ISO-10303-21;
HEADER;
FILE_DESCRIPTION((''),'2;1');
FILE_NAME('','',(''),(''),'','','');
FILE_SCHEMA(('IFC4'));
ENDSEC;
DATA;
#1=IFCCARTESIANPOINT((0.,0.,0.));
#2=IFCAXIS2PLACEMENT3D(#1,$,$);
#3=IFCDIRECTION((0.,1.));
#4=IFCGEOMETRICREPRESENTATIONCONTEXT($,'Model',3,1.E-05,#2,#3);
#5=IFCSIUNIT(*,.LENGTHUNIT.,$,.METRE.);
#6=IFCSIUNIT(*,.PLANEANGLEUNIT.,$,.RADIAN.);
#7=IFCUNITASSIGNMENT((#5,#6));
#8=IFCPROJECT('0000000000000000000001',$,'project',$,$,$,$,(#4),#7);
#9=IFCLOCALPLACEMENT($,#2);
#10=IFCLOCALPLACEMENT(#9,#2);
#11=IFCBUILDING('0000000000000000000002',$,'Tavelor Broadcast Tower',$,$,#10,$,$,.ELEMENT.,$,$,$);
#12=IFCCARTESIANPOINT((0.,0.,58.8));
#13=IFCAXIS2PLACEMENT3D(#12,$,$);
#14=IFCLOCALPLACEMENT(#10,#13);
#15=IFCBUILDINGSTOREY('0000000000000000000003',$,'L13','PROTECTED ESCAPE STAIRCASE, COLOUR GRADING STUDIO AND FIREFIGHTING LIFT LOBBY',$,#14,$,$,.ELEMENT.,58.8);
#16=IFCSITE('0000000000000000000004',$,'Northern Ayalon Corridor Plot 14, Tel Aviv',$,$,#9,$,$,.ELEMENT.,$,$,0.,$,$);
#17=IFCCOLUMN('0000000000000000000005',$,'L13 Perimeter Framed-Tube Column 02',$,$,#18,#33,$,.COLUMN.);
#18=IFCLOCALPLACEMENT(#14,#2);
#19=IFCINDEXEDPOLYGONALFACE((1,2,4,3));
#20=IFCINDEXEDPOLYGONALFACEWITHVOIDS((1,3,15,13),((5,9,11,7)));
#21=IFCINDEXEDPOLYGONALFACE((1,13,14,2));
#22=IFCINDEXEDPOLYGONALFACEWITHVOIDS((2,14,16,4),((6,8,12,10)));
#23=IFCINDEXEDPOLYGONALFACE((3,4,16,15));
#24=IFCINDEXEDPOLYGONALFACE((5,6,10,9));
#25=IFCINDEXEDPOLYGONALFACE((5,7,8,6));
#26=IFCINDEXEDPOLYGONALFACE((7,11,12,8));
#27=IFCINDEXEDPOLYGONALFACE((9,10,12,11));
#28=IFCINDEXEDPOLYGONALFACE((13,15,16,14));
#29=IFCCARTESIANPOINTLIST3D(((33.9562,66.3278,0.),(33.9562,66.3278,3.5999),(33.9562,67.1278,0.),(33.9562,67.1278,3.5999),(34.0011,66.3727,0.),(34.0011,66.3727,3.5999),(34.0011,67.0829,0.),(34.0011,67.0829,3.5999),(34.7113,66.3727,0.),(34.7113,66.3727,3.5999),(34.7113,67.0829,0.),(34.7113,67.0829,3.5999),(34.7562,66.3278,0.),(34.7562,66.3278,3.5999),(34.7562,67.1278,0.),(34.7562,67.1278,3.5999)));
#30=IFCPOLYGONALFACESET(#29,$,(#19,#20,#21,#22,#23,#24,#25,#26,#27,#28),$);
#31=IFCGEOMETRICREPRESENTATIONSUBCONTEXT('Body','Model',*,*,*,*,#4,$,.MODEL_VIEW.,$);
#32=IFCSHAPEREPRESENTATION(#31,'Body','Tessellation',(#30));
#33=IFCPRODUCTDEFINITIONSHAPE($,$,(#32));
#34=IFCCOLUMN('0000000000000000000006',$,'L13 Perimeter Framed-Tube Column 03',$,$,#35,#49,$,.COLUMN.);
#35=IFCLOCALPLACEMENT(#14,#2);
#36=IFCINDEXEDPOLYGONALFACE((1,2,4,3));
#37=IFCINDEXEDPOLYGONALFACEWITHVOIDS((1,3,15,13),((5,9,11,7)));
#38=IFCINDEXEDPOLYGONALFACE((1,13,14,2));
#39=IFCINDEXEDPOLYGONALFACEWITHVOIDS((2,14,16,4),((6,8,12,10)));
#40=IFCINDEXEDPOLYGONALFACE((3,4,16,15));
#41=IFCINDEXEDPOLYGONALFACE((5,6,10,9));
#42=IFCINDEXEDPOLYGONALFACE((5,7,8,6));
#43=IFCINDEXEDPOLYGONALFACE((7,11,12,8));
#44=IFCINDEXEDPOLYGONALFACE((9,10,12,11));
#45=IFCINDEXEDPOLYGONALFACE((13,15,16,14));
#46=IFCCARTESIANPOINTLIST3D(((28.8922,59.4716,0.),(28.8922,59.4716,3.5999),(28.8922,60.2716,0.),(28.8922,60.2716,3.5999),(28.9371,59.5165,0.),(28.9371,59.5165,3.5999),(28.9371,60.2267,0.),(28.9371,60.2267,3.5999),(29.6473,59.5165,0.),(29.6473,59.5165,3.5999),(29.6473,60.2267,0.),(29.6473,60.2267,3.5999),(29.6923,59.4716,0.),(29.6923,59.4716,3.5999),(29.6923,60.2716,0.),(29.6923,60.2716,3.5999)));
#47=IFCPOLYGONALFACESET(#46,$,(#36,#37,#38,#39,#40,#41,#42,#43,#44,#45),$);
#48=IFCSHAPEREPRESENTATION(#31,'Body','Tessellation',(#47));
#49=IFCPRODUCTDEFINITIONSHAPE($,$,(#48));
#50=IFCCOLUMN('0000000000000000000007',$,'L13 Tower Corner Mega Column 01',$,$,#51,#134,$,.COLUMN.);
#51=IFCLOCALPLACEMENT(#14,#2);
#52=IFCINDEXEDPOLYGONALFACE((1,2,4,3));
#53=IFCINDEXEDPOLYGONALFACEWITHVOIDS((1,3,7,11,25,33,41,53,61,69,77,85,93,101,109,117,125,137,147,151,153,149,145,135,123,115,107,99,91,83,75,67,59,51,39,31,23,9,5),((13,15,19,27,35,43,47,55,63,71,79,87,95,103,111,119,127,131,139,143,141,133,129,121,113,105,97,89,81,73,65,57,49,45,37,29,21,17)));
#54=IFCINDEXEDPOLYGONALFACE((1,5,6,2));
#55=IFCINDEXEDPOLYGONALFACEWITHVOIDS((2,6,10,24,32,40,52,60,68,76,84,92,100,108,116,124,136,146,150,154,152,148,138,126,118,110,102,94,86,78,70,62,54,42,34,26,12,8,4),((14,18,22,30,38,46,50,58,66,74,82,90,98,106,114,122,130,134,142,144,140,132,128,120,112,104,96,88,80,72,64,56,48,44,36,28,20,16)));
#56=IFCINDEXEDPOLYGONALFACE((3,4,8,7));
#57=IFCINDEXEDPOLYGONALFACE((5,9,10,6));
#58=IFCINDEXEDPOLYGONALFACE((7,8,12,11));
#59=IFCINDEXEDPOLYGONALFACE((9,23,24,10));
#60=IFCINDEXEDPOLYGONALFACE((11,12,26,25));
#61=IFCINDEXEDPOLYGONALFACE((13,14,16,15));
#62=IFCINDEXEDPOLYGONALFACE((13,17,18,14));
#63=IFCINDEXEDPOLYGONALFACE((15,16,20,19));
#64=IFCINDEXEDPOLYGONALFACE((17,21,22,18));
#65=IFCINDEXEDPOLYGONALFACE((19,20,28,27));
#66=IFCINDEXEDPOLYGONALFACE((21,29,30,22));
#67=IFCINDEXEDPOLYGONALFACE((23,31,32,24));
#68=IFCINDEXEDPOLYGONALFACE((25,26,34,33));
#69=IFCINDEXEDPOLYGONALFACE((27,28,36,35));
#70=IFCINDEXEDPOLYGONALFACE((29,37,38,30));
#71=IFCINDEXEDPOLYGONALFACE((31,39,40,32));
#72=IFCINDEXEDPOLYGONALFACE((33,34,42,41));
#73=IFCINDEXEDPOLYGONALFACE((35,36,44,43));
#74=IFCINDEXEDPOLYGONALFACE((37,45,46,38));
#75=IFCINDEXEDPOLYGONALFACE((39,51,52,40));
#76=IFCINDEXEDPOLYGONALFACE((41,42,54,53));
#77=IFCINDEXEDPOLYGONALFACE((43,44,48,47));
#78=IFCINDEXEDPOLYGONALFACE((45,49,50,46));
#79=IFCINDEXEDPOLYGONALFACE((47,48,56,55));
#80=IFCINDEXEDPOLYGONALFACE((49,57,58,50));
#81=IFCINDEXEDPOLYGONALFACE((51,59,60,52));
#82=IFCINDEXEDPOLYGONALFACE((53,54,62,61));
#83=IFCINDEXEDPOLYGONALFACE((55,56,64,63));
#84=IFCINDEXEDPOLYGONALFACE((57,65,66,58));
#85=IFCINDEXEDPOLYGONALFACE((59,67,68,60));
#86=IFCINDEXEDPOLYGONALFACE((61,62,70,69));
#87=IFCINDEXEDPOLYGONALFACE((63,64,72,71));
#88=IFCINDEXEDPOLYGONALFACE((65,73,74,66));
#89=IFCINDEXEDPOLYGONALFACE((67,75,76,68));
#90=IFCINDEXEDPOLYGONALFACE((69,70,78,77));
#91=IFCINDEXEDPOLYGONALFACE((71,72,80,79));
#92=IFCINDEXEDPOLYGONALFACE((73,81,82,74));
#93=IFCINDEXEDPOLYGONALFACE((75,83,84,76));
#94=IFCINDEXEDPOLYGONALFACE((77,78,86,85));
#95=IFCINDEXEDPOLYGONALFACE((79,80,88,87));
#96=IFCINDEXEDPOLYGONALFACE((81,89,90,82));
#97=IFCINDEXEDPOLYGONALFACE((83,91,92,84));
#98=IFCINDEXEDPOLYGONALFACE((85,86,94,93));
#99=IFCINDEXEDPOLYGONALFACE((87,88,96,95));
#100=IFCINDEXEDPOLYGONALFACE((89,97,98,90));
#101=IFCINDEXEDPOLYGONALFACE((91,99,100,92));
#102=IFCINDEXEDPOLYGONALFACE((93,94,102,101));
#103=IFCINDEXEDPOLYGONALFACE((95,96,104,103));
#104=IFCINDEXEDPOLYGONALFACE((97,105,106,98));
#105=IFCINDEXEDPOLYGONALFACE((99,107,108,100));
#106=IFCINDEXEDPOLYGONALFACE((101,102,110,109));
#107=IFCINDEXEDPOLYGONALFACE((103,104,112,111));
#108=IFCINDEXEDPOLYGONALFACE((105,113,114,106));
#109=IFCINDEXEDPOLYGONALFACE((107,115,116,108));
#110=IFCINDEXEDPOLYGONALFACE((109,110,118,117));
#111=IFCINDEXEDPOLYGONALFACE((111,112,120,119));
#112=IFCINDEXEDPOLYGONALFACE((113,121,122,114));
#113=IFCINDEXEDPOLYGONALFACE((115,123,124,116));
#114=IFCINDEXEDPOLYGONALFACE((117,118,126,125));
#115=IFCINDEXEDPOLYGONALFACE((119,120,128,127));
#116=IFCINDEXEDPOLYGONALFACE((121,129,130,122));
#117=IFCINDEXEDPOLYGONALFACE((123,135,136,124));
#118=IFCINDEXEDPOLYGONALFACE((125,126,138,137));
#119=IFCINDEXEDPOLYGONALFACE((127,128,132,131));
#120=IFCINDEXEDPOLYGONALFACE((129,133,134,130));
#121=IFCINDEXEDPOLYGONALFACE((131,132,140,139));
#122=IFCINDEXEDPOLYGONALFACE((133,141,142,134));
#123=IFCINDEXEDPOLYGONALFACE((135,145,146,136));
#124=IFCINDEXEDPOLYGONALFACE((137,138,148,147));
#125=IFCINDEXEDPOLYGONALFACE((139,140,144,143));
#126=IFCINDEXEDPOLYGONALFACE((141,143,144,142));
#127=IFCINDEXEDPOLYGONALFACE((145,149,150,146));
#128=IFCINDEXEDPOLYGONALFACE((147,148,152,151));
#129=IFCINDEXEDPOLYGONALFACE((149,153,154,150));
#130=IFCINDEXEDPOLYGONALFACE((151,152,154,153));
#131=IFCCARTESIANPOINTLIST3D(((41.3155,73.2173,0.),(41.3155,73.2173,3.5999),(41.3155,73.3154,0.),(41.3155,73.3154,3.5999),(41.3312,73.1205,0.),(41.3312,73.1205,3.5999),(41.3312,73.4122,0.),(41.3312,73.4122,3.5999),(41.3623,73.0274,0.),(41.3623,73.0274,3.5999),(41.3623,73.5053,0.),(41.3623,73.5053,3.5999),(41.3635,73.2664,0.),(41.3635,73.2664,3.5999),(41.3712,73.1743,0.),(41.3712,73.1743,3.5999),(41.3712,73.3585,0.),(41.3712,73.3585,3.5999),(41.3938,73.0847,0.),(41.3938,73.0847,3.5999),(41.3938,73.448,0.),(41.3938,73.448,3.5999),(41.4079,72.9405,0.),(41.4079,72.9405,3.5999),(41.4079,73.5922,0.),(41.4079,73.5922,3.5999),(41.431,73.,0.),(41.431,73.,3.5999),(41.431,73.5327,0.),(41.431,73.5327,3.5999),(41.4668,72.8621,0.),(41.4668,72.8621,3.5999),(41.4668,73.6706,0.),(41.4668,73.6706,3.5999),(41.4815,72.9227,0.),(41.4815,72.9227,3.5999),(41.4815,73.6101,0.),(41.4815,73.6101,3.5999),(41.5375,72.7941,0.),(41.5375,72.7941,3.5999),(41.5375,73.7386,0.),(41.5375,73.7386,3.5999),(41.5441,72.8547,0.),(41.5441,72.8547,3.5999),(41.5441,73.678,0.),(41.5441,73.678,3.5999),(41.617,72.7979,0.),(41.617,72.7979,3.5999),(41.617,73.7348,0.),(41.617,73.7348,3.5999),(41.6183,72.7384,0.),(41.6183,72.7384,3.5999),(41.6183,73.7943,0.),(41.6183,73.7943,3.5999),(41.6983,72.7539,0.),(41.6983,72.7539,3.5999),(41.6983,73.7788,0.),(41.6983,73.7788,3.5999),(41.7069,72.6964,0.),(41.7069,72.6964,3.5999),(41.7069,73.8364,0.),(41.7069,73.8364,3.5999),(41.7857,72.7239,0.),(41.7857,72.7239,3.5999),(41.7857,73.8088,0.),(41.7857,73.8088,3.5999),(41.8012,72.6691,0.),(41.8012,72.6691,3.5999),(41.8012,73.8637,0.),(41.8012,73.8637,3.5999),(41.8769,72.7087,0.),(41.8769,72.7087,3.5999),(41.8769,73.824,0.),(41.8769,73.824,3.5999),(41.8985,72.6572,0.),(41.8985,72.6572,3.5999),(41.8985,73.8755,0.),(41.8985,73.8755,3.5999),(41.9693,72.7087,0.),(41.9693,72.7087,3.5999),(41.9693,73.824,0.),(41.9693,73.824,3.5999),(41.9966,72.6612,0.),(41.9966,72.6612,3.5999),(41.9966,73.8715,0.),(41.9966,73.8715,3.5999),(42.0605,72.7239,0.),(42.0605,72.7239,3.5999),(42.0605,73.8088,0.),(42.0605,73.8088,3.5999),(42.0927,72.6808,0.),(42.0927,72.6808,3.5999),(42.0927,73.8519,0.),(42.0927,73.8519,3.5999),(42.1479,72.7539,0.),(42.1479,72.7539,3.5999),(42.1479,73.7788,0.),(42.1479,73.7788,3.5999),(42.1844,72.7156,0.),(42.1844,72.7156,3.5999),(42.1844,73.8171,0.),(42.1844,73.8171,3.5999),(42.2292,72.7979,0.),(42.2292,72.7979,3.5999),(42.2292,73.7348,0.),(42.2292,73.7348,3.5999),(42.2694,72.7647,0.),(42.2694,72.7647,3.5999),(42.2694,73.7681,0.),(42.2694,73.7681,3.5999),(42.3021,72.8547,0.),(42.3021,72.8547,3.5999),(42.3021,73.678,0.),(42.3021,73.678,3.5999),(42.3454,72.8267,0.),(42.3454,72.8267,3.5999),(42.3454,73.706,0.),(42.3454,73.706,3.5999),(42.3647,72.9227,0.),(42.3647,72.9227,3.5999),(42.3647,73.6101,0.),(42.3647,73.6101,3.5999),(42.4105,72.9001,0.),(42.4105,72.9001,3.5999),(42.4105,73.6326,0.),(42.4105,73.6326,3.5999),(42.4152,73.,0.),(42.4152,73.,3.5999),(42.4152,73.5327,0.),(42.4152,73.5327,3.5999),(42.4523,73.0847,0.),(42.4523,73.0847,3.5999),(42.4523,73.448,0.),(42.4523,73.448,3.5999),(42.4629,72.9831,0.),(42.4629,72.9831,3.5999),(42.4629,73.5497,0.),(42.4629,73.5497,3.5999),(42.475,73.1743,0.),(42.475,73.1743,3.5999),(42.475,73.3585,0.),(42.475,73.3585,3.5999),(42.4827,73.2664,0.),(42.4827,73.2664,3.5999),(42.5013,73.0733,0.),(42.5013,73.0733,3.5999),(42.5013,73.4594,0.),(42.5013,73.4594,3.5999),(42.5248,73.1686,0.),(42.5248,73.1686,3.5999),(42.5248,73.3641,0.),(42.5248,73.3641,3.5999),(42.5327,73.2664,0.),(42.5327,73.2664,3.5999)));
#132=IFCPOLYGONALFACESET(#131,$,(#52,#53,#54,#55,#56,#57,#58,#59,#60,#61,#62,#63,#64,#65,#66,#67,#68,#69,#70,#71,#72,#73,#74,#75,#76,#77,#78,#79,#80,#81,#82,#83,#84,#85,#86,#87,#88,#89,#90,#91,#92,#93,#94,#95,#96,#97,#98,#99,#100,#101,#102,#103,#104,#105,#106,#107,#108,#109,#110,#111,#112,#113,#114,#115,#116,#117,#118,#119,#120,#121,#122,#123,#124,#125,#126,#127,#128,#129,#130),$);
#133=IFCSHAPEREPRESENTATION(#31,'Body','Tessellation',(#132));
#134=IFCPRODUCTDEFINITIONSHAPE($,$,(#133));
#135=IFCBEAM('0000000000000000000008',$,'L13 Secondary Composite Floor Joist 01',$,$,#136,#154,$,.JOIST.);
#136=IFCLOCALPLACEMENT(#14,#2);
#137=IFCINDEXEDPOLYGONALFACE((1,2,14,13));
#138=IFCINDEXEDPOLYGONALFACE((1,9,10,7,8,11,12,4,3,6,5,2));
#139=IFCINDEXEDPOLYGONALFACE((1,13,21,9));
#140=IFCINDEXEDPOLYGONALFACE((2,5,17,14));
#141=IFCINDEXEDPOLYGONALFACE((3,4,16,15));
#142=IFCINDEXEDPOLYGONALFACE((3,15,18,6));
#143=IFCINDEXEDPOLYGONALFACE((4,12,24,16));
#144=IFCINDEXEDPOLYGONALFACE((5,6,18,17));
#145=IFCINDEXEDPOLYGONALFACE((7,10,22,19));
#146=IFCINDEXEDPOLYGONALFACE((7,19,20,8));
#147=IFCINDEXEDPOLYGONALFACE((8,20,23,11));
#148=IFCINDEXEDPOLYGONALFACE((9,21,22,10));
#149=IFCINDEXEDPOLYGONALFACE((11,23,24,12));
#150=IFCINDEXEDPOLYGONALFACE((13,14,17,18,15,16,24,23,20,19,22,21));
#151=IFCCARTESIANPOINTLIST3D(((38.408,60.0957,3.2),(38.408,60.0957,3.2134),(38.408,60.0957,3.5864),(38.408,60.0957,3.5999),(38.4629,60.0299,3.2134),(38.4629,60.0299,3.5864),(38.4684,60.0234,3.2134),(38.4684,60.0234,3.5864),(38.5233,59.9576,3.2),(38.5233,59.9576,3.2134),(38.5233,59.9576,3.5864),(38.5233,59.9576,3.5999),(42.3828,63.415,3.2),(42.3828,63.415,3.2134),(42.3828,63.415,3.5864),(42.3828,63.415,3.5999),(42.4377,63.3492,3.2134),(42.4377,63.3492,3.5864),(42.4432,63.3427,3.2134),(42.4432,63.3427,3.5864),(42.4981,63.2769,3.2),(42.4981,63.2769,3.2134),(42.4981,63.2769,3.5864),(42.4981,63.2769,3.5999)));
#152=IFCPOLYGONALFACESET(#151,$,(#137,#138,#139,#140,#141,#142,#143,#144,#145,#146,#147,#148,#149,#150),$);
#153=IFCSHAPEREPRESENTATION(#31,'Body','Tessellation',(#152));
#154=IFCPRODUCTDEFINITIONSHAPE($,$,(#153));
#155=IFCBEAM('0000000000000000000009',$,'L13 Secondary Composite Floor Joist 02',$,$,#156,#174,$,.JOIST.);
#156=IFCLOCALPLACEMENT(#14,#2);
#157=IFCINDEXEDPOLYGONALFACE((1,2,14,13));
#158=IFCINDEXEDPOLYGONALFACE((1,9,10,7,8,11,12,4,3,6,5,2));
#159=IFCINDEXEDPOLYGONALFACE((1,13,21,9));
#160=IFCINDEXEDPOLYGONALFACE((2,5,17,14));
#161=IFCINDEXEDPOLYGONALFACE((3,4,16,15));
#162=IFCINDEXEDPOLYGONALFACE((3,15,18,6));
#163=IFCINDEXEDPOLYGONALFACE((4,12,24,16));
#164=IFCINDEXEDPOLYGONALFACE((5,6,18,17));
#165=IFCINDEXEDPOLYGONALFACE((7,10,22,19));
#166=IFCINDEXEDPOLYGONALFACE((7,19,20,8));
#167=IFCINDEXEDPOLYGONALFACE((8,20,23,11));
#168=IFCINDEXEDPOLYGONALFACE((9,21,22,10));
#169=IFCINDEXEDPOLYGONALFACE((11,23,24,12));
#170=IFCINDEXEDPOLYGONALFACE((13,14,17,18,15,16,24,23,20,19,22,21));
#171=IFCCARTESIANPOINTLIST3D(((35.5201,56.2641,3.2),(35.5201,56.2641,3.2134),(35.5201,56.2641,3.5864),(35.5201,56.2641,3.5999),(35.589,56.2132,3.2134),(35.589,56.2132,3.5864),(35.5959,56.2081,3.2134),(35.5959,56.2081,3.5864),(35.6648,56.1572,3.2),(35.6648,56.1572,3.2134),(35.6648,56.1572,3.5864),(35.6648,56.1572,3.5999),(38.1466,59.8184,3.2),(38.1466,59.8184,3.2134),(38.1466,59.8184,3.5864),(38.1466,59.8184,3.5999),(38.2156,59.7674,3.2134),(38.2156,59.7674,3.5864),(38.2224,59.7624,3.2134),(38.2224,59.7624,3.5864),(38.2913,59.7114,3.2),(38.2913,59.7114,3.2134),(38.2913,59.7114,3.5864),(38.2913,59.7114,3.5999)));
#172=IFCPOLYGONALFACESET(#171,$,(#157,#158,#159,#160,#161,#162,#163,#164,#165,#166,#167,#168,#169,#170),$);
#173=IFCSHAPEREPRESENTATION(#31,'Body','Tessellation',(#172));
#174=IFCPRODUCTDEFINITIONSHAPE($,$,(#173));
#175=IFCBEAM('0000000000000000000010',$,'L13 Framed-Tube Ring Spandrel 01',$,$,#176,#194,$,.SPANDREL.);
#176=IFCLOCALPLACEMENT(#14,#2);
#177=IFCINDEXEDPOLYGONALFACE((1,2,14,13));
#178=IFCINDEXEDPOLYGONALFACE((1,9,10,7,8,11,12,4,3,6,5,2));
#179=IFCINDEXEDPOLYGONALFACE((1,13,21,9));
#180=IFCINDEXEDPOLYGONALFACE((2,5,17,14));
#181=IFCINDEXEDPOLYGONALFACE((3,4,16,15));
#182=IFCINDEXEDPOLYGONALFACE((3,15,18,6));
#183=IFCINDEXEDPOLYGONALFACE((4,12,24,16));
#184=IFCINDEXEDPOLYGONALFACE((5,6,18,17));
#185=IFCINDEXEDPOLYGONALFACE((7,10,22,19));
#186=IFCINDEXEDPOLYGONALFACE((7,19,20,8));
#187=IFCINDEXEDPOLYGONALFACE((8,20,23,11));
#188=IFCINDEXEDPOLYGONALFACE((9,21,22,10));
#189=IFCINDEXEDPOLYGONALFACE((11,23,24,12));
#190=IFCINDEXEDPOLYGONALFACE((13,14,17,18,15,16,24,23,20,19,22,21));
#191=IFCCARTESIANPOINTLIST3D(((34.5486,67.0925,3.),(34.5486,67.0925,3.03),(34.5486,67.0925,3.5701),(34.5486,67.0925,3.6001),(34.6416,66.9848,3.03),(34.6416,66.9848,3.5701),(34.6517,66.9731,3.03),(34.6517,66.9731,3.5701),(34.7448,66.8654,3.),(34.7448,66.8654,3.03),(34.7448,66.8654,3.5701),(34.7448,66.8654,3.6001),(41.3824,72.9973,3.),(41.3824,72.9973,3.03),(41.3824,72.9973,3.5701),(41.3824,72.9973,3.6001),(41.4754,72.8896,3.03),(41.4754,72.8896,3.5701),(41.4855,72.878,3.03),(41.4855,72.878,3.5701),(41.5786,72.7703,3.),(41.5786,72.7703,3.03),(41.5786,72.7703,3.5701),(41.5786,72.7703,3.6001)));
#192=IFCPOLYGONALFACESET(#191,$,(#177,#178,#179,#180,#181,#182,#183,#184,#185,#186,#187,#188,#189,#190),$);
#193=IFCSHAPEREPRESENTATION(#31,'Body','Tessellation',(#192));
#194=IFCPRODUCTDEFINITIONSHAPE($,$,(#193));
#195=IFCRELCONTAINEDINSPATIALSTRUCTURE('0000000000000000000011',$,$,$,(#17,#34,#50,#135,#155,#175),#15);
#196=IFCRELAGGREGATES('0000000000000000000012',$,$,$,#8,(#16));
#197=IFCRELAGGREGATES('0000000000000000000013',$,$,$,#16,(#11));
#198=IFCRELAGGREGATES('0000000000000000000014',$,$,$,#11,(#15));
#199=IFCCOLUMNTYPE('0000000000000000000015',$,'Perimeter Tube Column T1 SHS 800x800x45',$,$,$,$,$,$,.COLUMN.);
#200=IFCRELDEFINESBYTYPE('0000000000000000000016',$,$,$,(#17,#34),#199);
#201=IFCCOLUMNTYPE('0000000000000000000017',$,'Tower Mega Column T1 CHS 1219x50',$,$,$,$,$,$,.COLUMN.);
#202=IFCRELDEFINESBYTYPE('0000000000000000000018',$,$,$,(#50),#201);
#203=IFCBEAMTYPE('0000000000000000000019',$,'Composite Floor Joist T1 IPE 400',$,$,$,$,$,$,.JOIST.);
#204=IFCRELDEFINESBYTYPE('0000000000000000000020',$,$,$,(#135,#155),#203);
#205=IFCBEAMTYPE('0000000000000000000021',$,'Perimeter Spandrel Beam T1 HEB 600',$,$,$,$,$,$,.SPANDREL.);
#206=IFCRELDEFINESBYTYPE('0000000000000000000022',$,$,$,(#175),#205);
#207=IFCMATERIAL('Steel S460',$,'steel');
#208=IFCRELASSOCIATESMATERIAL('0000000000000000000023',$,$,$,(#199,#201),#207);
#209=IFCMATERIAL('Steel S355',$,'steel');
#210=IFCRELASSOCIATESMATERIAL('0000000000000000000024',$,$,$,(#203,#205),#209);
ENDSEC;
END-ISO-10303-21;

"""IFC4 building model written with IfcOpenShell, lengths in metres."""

from ifc_helpers import new_model, si_unit, direction, frame, origin, origin_2d, place, context, subcontext, project, spatial, hollow_rectangle, hollow_circle, i_section, extrude, material, material_profile, profile_set, type_object, element, save


model = new_model("IFC4")

# Units and contexts
model_context = context("Model", 3, precision=1e-05, world=origin(), true_north=direction((0.0, 1.0)))
body_context = subcontext(model_context, "Body", "Model", "MODEL_VIEW")
ifc_project = project(units=[si_unit("LENGTHUNIT", "METRE"), si_unit("PLANEANGLEUNIT", "RADIAN")], contexts=[model_context])

# Site, building, storey
site_placement = place(None, origin())
site = spatial("IfcSite", under=ifc_project, at=site_placement, Name="Northern Ayalon Corridor Plot 14, Tel Aviv", CompositionType="ELEMENT", RefElevation=0.0)
building_placement = place(site_placement, origin())
building = spatial("IfcBuilding", under=site, at=building_placement, Name="Tavelor Broadcast Tower", CompositionType="ELEMENT")
storey_placement = place(building_placement, frame((0.0, 0.0, 58.8)))
storey = spatial("IfcBuildingStorey", under=building, at=storey_placement, Name="L13", Description="PROTECTED ESCAPE STAIRCASE, COLOUR GRADING STUDIO AND FIREFIGHTING LIFT LOBBY", CompositionType="ELEMENT", Elevation=58.8)

# Columns
ifc_material_1 = material(Name="Steel S460", Category="steel")
ifc_material_profile_1 = material_profile(ifc_material_1, hollow_rectangle(XDim=0.8, YDim=0.8, WallThickness=0.0449, at=origin_2d()), Name="SHS 800x800x45")
ifc_profile_set_1 = profile_set([ifc_material_profile_1], Name="Steel S460")
column_type_1 = type_object("IfcColumnType", Name="Perimeter Tube Column T1 SHS 800x800x45", PredefinedType="COLUMN", material=ifc_profile_set_1)
for number, where, z_axis, x_axis, name in (
    (1, (34.3562, 66.7278, 0.0), (0.0, 0.0, 1.0), (1.0, 0.0, 0.0), "L13 Perimeter Framed-Tube Column 02"),
    (2, (29.2922, 59.8716, 0.0), (0.0, 0.0, 1.0), (1.0, 0.0, 0.0), "L13 Perimeter Framed-Tube Column 03"),
):
    element("IfcColumn", number, at=place(storey_placement, frame(where, z_axis=z_axis, x_axis=x_axis)), inside=storey, type_object=column_type_1, Name=name, PredefinedType="COLUMN", context=body_context, shape_type="SweptSolid", body=[
        extrude(hollow_rectangle(XDim=0.8, YDim=0.8, WallThickness=0.0449, at=origin_2d()), origin(), (0.0, 0.0, 1.0), 3.5999),
    ])
ifc_material_profile_2 = material_profile(ifc_material_1, hollow_circle(Radius=0.6096, WallThickness=0.05, at=origin_2d()), Name="CHS 1219x50")
ifc_profile_set_2 = profile_set([ifc_material_profile_2], Name="Steel S460")
column_type_2 = type_object("IfcColumnType", Name="Tower Mega Column T1 CHS 1219x50", PredefinedType="COLUMN", material=ifc_profile_set_2)
column_placement = place(storey_placement, frame((41.9231, 73.2664, 0.0), z_axis=(0.0, 0.0, 1.0), x_axis=(1.0, 0.0, 0.0)))
element("IfcColumn", 3, at=column_placement, inside=storey, type_object=column_type_2, Name="L13 Tower Corner Mega Column 01", PredefinedType="COLUMN", context=body_context, shape_type="SweptSolid", body=[
    extrude(hollow_circle(Radius=0.6096, WallThickness=0.05, at=origin_2d()), origin(), (0.0, 0.0, 1.0), 3.5999),
])

# Beams
ifc_material_2 = material(Name="Steel S355", Category="steel")
ifc_material_profile_3 = material_profile(ifc_material_2, i_section(OverallWidth=0.1799, OverallDepth=0.3999, WebThickness=0.0085, FlangeThickness=0.0134, at=origin_2d()), Name="IPE 400")
ifc_profile_set_3 = profile_set([ifc_material_profile_3], Name="Steel S355")
beam_type_1 = type_object("IfcBeamType", Name="Composite Floor Joist T1 IPE 400", PredefinedType="JOIST", material=ifc_profile_set_3)
beam_1_placement = place(storey_placement, frame((42.4404, 63.3459, 3.3999), z_axis=(-0.76756, -0.640977, 0.0), x_axis=(0.640977, -0.76756, 0.0)))
element("IfcBeam", 4, at=beam_1_placement, inside=storey, type_object=beam_type_1, Name="L13 Secondary Composite Floor Joist 01", PredefinedType="JOIST", context=body_context, shape_type="SweptSolid", body=[
    extrude(i_section(OverallWidth=0.1799, OverallDepth=0.3999, WebThickness=0.0085, FlangeThickness=0.0134, at=origin_2d()), origin(), (0.0, 0.0, 1.0), 5.1785),
])
beam_2_placement = place(storey_placement, frame((38.219, 59.7649, 3.3999), z_axis=(-0.59431, -0.804236, 0.0), x_axis=(0.804236, -0.59431, 0.0)))
element("IfcBeam", 5, at=beam_2_placement, inside=storey, type_object=beam_type_1, Name="L13 Secondary Composite Floor Joist 02", PredefinedType="JOIST", context=body_context, shape_type="SweptSolid", body=[
    extrude(i_section(OverallWidth=0.1799, OverallDepth=0.3999, WebThickness=0.0085, FlangeThickness=0.0134, at=origin_2d()), origin(), (0.0, 0.0, 1.0), 4.4194),
])
ifc_material_profile_4 = material_profile(ifc_material_2, i_section(OverallWidth=0.3, OverallDepth=0.6001, WebThickness=0.0154, FlangeThickness=0.03, at=origin_2d()), Name="HEB 600")
ifc_profile_set_4 = profile_set([ifc_material_profile_4], Name="Steel S355")
beam_type_2 = type_object("IfcBeamType", Name="Perimeter Spandrel Beam T1 HEB 600", PredefinedType="SPANDREL", material=ifc_profile_set_4)
beam_3_placement = place(storey_placement, frame((41.4805, 72.8838, 3.3), z_axis=(-0.756663, -0.653805, 0.0), x_axis=(0.653805, -0.756663, 0.0)))
element("IfcBeam", 6, at=beam_3_placement, inside=storey, type_object=beam_type_2, Name="L13 Framed-Tube Ring Spandrel 01", PredefinedType="SPANDREL", context=body_context, shape_type="SweptSolid", body=[
    extrude(i_section(OverallWidth=0.3, OverallDepth=0.6001, WebThickness=0.0154, FlangeThickness=0.03, at=origin_2d()), origin(), (0.0, 0.0, 1.0), 9.0315),
])

save(model, "model.ifc")
